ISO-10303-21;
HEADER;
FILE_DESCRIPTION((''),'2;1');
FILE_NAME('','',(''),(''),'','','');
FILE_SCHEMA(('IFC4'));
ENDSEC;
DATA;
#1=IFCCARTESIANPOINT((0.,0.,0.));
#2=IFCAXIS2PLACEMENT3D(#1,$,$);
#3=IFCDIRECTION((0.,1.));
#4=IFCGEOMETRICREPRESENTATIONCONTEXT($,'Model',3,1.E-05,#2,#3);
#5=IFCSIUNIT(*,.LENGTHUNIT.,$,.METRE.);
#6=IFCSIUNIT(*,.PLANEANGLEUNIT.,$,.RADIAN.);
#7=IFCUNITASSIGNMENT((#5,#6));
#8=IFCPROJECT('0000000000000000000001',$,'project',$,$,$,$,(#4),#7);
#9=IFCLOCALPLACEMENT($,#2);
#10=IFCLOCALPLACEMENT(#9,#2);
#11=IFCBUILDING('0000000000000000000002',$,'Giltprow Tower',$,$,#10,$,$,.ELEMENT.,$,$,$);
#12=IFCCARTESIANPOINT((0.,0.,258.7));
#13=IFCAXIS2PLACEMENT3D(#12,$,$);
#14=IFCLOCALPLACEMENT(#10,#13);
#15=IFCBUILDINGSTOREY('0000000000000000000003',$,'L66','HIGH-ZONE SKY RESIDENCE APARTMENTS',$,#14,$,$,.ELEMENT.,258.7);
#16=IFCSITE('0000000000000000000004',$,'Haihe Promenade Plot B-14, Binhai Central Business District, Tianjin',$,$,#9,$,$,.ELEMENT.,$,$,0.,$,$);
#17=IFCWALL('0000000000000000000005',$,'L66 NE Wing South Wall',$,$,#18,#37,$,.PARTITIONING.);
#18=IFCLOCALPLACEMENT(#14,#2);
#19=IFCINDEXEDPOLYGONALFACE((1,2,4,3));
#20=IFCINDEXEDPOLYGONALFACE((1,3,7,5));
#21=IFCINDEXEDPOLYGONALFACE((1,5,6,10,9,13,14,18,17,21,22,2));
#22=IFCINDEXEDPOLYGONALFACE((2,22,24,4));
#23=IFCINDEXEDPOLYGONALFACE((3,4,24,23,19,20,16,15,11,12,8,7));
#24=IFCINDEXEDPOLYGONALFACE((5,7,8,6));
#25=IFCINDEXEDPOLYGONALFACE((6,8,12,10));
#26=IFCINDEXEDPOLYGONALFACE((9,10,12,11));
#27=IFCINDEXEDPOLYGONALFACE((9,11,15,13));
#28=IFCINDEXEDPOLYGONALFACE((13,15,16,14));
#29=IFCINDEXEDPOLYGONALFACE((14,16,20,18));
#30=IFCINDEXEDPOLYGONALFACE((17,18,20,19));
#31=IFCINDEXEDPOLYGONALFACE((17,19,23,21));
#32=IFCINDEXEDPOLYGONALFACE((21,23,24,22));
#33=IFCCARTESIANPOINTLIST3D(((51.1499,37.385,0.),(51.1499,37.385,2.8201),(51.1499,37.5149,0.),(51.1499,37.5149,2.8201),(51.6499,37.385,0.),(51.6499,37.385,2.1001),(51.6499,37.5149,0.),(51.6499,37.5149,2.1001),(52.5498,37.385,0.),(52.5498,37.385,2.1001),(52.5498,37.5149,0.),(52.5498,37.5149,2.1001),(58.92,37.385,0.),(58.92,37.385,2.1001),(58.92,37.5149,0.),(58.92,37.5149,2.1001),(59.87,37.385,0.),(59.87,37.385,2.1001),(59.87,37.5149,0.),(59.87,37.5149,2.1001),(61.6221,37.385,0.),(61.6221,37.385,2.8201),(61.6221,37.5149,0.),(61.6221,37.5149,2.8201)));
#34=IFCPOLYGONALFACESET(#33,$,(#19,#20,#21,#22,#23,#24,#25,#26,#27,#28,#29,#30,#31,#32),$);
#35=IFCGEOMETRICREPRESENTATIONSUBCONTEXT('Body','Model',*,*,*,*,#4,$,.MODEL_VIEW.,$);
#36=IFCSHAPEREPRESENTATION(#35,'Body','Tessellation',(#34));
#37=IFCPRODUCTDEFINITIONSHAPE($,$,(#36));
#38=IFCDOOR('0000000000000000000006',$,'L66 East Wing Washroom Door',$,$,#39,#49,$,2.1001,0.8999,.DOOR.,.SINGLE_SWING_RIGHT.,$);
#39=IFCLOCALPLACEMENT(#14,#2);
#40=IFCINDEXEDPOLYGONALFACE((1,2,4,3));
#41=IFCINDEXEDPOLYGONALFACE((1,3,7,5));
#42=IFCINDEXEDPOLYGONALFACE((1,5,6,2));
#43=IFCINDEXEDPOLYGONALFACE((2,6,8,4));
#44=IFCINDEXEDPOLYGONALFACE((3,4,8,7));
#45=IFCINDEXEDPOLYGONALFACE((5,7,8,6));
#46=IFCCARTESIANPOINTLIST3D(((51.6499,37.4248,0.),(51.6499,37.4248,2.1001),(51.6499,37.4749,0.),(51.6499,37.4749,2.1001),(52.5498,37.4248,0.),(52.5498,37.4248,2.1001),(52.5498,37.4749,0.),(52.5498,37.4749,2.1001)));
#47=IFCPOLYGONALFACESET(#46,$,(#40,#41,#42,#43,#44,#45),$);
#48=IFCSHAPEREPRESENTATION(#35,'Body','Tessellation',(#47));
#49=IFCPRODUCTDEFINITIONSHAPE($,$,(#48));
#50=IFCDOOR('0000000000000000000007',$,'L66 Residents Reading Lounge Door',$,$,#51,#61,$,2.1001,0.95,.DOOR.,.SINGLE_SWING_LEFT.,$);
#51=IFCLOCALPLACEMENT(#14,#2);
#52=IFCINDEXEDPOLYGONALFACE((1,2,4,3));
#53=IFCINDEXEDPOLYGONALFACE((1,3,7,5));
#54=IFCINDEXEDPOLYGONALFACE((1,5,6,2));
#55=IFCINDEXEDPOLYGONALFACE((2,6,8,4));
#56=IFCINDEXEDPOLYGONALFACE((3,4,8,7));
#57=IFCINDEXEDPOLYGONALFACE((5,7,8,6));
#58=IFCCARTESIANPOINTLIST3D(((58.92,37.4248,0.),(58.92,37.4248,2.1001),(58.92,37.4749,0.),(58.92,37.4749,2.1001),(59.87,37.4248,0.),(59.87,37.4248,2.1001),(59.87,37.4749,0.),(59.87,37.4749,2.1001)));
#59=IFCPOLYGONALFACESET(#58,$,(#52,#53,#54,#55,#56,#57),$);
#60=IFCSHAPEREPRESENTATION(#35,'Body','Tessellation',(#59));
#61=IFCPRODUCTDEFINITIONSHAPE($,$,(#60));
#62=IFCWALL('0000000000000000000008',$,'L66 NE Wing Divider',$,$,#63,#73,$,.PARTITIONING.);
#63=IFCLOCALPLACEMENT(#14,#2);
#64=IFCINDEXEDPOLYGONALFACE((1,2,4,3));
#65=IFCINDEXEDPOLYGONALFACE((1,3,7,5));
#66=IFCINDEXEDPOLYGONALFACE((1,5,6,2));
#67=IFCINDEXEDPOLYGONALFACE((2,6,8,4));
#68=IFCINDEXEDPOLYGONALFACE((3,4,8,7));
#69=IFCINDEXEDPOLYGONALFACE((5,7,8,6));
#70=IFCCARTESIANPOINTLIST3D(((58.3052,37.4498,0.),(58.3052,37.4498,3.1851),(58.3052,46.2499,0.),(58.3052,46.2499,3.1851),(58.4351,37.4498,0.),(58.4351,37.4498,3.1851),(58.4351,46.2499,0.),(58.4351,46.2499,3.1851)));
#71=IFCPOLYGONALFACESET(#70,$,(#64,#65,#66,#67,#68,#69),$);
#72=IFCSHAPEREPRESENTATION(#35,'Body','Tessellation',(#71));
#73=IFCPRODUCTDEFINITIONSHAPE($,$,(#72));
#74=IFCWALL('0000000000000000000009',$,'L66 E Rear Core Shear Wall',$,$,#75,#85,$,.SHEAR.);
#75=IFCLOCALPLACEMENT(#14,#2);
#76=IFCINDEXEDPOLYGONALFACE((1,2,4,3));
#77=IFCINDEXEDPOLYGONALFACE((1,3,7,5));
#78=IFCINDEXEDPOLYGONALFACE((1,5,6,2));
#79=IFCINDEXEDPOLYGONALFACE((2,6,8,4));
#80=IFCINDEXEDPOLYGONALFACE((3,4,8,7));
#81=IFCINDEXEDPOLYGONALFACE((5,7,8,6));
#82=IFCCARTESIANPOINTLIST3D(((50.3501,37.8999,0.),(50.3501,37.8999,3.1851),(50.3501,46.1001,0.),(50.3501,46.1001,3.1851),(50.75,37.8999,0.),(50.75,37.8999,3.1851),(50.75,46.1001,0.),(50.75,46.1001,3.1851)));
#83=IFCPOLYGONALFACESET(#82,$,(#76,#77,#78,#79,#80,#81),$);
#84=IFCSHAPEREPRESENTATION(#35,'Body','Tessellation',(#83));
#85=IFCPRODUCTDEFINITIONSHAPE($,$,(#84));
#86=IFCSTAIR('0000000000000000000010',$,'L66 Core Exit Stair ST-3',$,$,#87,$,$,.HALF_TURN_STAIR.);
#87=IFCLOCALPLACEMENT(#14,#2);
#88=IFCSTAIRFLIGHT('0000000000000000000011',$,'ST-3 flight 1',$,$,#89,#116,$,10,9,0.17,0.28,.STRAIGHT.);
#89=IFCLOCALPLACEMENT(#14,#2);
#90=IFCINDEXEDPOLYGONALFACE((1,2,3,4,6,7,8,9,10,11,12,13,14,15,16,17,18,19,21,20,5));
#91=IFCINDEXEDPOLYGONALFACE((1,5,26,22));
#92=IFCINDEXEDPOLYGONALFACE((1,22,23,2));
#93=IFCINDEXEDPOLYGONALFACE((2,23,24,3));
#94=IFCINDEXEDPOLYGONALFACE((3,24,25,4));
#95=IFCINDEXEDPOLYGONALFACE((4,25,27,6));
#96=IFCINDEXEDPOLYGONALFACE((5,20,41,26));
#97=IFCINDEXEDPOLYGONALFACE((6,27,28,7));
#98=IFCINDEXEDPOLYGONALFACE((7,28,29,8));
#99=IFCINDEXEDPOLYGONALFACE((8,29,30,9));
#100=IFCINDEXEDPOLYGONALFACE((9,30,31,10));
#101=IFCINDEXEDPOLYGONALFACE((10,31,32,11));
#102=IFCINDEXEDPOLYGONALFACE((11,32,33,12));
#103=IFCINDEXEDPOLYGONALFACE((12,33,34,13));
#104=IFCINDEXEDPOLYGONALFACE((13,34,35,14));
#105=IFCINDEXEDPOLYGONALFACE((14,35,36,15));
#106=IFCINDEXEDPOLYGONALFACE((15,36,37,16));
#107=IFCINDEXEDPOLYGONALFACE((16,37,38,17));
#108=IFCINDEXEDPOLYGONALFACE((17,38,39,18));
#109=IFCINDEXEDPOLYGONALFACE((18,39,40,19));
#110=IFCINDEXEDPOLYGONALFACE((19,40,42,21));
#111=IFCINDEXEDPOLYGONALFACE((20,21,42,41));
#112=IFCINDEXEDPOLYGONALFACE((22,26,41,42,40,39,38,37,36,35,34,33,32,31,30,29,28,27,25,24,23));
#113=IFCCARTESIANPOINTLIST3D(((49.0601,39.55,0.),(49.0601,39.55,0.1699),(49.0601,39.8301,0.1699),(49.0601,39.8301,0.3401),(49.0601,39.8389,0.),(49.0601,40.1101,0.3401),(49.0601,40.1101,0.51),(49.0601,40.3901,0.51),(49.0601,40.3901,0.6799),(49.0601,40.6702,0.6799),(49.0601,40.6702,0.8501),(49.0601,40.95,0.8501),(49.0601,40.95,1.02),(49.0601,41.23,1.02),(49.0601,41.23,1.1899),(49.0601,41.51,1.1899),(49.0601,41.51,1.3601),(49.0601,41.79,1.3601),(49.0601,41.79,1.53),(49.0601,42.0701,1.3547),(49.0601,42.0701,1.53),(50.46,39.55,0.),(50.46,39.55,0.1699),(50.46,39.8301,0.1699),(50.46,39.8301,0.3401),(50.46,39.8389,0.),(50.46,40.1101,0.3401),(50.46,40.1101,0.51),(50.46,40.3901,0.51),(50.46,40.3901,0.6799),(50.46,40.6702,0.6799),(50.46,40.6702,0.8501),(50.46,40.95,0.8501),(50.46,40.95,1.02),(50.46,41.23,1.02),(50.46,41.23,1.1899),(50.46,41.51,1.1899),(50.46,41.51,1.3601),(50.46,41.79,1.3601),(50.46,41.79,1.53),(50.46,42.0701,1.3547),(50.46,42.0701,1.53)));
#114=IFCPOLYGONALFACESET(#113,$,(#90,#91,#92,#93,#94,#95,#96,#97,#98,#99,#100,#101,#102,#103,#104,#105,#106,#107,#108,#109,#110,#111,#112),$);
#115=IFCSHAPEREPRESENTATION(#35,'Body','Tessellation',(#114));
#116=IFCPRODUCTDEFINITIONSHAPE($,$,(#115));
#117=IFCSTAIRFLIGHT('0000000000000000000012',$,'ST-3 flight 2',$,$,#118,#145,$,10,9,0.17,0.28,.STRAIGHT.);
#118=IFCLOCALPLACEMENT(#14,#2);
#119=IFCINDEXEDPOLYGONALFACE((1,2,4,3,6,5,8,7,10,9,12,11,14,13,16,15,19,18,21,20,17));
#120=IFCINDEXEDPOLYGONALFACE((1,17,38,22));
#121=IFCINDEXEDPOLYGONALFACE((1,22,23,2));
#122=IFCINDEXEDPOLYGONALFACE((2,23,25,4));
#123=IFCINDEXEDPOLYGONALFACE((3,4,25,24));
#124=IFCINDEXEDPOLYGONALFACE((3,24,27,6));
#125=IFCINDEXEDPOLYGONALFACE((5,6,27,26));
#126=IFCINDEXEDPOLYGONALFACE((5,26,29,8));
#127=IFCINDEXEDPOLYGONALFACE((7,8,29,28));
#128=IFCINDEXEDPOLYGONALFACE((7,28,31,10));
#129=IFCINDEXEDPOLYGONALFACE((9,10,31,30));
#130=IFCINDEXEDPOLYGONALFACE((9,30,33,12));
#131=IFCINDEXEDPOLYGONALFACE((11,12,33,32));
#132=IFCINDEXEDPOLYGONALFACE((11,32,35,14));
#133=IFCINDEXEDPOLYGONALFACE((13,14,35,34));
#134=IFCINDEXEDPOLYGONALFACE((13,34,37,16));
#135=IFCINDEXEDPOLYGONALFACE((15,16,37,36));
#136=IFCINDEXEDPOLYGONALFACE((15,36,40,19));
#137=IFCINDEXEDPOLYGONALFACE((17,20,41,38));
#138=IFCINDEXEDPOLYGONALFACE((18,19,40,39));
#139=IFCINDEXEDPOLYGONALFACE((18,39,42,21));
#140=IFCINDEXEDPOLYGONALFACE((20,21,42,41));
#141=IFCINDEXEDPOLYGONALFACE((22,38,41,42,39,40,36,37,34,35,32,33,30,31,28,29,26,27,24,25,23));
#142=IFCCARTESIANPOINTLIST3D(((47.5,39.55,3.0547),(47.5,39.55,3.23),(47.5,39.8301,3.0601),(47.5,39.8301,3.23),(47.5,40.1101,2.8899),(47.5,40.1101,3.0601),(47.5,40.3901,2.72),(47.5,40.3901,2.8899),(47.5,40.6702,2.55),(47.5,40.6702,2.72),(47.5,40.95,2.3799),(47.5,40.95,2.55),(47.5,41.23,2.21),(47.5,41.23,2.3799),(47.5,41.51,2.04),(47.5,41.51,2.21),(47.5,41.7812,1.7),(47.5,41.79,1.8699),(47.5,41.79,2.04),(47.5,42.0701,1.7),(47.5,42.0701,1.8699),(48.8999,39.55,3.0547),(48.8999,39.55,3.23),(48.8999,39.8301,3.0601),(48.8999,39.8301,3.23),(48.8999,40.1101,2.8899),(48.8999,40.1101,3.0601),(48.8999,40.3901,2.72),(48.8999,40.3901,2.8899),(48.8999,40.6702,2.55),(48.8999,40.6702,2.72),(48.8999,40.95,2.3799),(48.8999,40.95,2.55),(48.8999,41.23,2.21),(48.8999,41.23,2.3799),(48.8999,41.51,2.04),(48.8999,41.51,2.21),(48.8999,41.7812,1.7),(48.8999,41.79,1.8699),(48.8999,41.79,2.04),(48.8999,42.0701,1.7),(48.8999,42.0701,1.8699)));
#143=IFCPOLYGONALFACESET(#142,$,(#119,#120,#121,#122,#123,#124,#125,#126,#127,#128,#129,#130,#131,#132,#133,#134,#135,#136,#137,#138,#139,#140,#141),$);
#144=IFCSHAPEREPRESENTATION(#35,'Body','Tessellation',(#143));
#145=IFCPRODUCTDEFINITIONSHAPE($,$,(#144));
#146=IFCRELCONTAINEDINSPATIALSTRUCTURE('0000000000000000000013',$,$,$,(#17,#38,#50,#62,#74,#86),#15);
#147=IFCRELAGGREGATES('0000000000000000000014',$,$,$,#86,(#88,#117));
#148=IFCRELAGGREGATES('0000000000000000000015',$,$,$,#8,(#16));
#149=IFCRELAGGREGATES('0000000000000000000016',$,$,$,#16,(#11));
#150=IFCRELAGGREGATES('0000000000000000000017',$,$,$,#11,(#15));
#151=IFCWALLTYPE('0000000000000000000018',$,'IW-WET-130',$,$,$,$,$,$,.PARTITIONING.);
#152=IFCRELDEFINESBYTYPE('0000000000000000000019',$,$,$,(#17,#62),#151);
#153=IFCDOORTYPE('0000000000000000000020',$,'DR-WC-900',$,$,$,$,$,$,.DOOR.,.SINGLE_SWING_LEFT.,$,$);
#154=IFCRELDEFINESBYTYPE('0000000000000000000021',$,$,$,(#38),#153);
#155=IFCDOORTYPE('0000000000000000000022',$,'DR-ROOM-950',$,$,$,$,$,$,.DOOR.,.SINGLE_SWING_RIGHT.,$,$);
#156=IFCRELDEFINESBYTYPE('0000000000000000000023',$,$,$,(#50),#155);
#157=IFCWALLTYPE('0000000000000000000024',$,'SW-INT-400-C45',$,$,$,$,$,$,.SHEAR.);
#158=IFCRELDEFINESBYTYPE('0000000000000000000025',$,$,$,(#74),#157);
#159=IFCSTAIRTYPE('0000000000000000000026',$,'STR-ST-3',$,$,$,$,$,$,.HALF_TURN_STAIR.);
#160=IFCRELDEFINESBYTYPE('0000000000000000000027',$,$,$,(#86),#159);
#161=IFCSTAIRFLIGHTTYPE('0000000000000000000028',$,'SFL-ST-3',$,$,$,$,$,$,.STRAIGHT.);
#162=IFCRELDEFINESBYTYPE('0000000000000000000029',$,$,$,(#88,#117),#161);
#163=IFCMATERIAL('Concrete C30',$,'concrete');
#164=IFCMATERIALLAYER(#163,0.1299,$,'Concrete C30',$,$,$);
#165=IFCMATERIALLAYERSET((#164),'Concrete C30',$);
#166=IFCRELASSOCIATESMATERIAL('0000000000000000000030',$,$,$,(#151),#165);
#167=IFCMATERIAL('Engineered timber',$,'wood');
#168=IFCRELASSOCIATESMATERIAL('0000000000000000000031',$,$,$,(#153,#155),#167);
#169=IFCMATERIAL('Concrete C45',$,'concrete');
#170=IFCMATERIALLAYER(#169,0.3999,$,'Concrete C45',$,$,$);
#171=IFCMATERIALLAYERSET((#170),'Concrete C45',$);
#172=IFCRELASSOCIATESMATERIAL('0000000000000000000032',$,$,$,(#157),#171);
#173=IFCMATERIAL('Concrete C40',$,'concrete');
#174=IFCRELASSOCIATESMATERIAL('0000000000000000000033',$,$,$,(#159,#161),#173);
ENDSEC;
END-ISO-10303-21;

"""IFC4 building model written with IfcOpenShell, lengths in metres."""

from ifc_helpers import new_model, si_unit, direction, frame, frame_2d, origin, place, context, subcontext, project, spatial, polyline, rectangle, outline, extrude, source, transform, mapped, material, layer, layer_set, type_object, element, fill, aggregate, save


model = new_model("IFC4")

# Units and contexts
model_context = context("Model", 3, precision=1e-05, world=origin(), true_north=direction((0.0, 1.0)))
body_context = subcontext(model_context, "Body", "Model", "MODEL_VIEW")
ifc_project = project(units=[si_unit("LENGTHUNIT", "METRE"), si_unit("PLANEANGLEUNIT", "RADIAN")], contexts=[model_context])

# Site, building, storey
site_placement = place(None, origin())
site = spatial("IfcSite", under=ifc_project, at=site_placement, Name="Haihe Promenade Plot B-14, Binhai Central Business District, Tianjin", CompositionType="ELEMENT", RefElevation=0.0)
building_placement = place(site_placement, origin())
building = spatial("IfcBuilding", under=site, at=building_placement, Name="Giltprow Tower", CompositionType="ELEMENT")
storey_placement = place(building_placement, frame((0.0, 0.0, 258.7)))
storey = spatial("IfcBuildingStorey", under=building, at=storey_placement, Name="L66", Description="HIGH-ZONE SKY RESIDENCE APARTMENTS", CompositionType="ELEMENT", Elevation=258.7)

# Shared definitions
ifc_material_1 = material(Name="Concrete C45", Category="concrete")

# Wall, openings, doors
ifc_material_2 = material(Name="Concrete C30", Category="concrete")
ifc_layer_1 = layer(ifc_material_2, 0.1299, Name="Concrete C30")
ifc_layer_set_1 = layer_set([ifc_layer_1], Name="Concrete C30")
wall_type_1 = type_object("IfcWallType", Name="IW-WET-130", PredefinedType="PARTITIONING", material=ifc_layer_set_1)
wall_1_placement = place(storey_placement, frame((51.1499, 37.45, 0.0), z_axis=(0.0, 0.0, 1.0), x_axis=(1.0, 0.0, 0.0)))
wall_1 = element("IfcWall", 1, at=wall_1_placement, inside=storey, type_object=wall_type_1, Name="L66 NE Wing South Wall", PredefinedType="PARTITIONING", context=body_context, shape_type="SweptSolid", body=[
    extrude(rectangle(XDim=10.4722, YDim=0.1299, at=frame_2d((5.2361, 0.0))), origin(), (0.0, 0.0, 1.0), 2.8201),
])
opening_1_placement = place(wall_1_placement, frame((0.5, 0.0, 0.0)))
opening_1 = element("IfcOpeningElement", 2, at=opening_1_placement, cuts=wall_1, PredefinedType="OPENING", context=body_context, shape_type="SweptSolid", body=[
    extrude(rectangle(XDim=0.8999, YDim=2.1001, at=frame_2d((0.45, 1.05))), frame((0.0, 0.075, 0.0), z_axis=(0.0, -1.0, 0.0), x_axis=(1.0, 0.0, 0.0)), (0.0, 0.0, 1.0), 0.1499),
])
opening_2_placement = place(wall_1_placement, frame((7.77, 0.0, 0.0)))
opening_2 = element("IfcOpeningElement", 3, at=opening_2_placement, cuts=wall_1, PredefinedType="OPENING", context=body_context, shape_type="SweptSolid", body=[
    extrude(rectangle(XDim=0.95, YDim=2.1001, at=frame_2d((0.4751, 1.05))), frame((0.0, 0.075, 0.0), z_axis=(0.0, -1.0, 0.0), x_axis=(1.0, 0.0, 0.0)), (0.0, 0.0, 1.0), 0.1499),
])
ifc_material_3 = material(Name="Engineered timber", Category="wood")
door_type_1 = type_object("IfcDoorType", Name="DR-WC-900", OperationType="SINGLE_SWING_LEFT", PredefinedType="DOOR", material=ifc_material_3)
shared_shape_1 = source(origin(), body_context, "Body", "SweptSolid", [
    extrude(rectangle(XDim=0.8999, YDim=2.1001, at=frame_2d((0.45, 1.05))), frame((0.0, 0.0249, 0.0), z_axis=(0.0, -1.0, 0.0), x_axis=(1.0, 0.0, 0.0)), (0.0, 0.0, 1.0), 0.05),
])
door_1_placement = place(opening_1_placement, origin())
door_1 = element("IfcDoor", 4, at=door_1_placement, inside=storey, type_object=door_type_1, Name="L66 East Wing Washroom Door", OperationType="SINGLE_SWING_RIGHT", OverallHeight=2.1001, OverallWidth=0.8999, PredefinedType="DOOR", context=body_context, shape_type="MappedRepresentation", body=[
    mapped(shared_shape_1, transform((0.0, 0.0, 0.0), x_axis=(1.0, 0.0, 0.0), y_axis=(0.0, 1.0, 0.0), z_axis=(0.0, 0.0, 1.0), scale=1.0)),
])
fill(opening_1, door_1)
door_type_2 = type_object("IfcDoorType", Name="DR-ROOM-950", OperationType="SINGLE_SWING_RIGHT", PredefinedType="DOOR", material=ifc_material_3)
shared_shape_2 = source(origin(), body_context, "Body", "SweptSolid", [
    extrude(rectangle(XDim=0.95, YDim=2.1001, at=frame_2d((0.4751, 1.05))), frame((0.0, 0.0249, 0.0), z_axis=(0.0, -1.0, 0.0), x_axis=(1.0, 0.0, 0.0)), (0.0, 0.0, 1.0), 0.05),
])
door_2_placement = place(opening_2_placement, origin())
door_2 = element("IfcDoor", 5, at=door_2_placement, inside=storey, type_object=door_type_2, Name="L66 Residents Reading Lounge Door", OperationType="SINGLE_SWING_LEFT", OverallHeight=2.1001, OverallWidth=0.95, PredefinedType="DOOR", context=body_context, shape_type="MappedRepresentation", body=[
    mapped(shared_shape_2, transform((0.0, 0.0, 0.0), x_axis=(1.0, 0.0, 0.0), y_axis=(0.0, 1.0, 0.0), z_axis=(0.0, 0.0, 1.0), scale=1.0)),
])
fill(opening_2, door_2)

# Walls
wall_2_placement = place(storey_placement, frame((58.3701, 37.45, 0.0), z_axis=(0.0, 0.0, 1.0), x_axis=(0.0, 1.0, 0.0)))
element("IfcWall", 6, at=wall_2_placement, inside=storey, type_object=wall_type_1, Name="L66 NE Wing Divider", PredefinedType="PARTITIONING", context=body_context, shape_type="SweptSolid", body=[
    extrude(rectangle(XDim=8.8, YDim=0.1299, at=frame_2d((4.3999, 0.0))), origin(), (0.0, 0.0, 1.0), 3.1851),
])
ifc_layer_2 = layer(ifc_material_1, 0.3999, Name="Concrete C45")
ifc_layer_set_2 = layer_set([ifc_layer_2], Name="Concrete C45")
wall_type_2 = type_object("IfcWallType", Name="SW-INT-400-C45", PredefinedType="SHEAR", material=ifc_layer_set_2)
wall_3_placement = place(storey_placement, frame((50.55, 37.8999, 0.0), z_axis=(0.0, 0.0, 1.0), x_axis=(0.0, 1.0, 0.0)))
element("IfcWall", 7, at=wall_3_placement, inside=storey, type_object=wall_type_2, Name="L66 E Rear Core Shear Wall", PredefinedType="SHEAR", context=body_context, shape_type="SweptSolid", body=[
    extrude(rectangle(XDim=8.2002, YDim=0.3999, at=frame_2d((4.1001, 0.0))), origin(), (0.0, 0.0, 1.0), 3.1851),
])

# Stair, stair flights
ifc_material_4 = material(Name="Concrete C40", Category="concrete")
stair_type = type_object("IfcStairType", Name="STR-ST-3", PredefinedType="HALF_TURN_STAIR", material=ifc_material_4)
stair_placement = place(storey_placement, origin())
stair = element("IfcStair", 8, at=stair_placement, inside=storey, type_object=stair_type, Name="L66 Core Exit Stair ST-3", PredefinedType="HALF_TURN_STAIR")
stair_flight_type = type_object("IfcStairFlightType", Name="SFL-ST-3", PredefinedType="STRAIGHT", material=ifc_material_4)
stair_flight_1_placement = place(storey_placement, frame((49.76, 39.55, 0.0), z_axis=(0.0, 0.0, 1.0), x_axis=(0.0, 1.0, 0.0)))
stair_flight_1 = element("IfcStairFlight", 9, at=stair_flight_1_placement, type_object=stair_flight_type, Name="ST-3 flight 1", NumberOfRisers=10, NumberOfTreads=9, PredefinedType="STRAIGHT", RiserHeight=0.17, TreadLength=0.28, context=body_context, shape_type="SweptSolid", body=[
    extrude(outline(polyline([(0.0, 0.0), (0.0, 0.1699), (0.28, 0.1699), (0.28, 0.3401), (0.5601, 0.3401), (0.5601, 0.51), (0.8401, 0.51), (0.8401, 0.6799), (1.1201, 0.6799), (1.1201, 0.8501), (1.3999, 0.8501), (1.3999, 1.02), (1.6799, 1.02), (1.6799, 1.1899), (1.96, 1.1899), (1.96, 1.3601), (2.24, 1.3601), (2.24, 1.53), (2.52, 1.53), (2.52, 1.7), (2.52, 1.3547), (0.2888, 0.0), (0.0, 0.0)])), frame((0.0, 0.7, 0.0), z_axis=(0.0, -1.0, 0.0), x_axis=(1.0, 0.0, 0.0)), (0.0, 0.0, 1.0), 1.3999),
])
stair_flight_2_placement = place(storey_placement, frame((48.2, 42.0701, 1.7), z_axis=(0.0, 0.0, 1.0), x_axis=(0.0, -1.0, 0.0)))
stair_flight_2 = element("IfcStairFlight", 10, at=stair_flight_2_placement, type_object=stair_flight_type, Name="ST-3 flight 2", NumberOfRisers=10, NumberOfTreads=9, PredefinedType="STRAIGHT", RiserHeight=0.17, TreadLength=0.28, context=body_context, shape_type="SweptSolid", body=[
    extrude(outline(polyline([(0.0, 0.0), (0.0, 0.1699), (0.28, 0.1699), (0.28, 0.3401), (0.5601, 0.3401), (0.5601, 0.51), (0.8401, 0.51), (0.8401, 0.6799), (1.1201, 0.6799), (1.1201, 0.8501), (1.3999, 0.8501), (1.3999, 1.02), (1.6799, 1.02), (1.6799, 1.1899), (1.96, 1.1899), (1.96, 1.3601), (2.24, 1.3601), (2.24, 1.53), (2.52, 1.53), (2.52, 1.7), (2.52, 1.3547), (0.2888, 0.0), (0.0, 0.0)])), frame((0.0, 0.7, 0.0), z_axis=(0.0, -1.0, 0.0), x_axis=(1.0, 0.0, 0.0)), (0.0, 0.0, 1.0), 1.3999),
])
aggregate(stair, [stair_flight_1, stair_flight_2])

save(model, "model.ifc")
